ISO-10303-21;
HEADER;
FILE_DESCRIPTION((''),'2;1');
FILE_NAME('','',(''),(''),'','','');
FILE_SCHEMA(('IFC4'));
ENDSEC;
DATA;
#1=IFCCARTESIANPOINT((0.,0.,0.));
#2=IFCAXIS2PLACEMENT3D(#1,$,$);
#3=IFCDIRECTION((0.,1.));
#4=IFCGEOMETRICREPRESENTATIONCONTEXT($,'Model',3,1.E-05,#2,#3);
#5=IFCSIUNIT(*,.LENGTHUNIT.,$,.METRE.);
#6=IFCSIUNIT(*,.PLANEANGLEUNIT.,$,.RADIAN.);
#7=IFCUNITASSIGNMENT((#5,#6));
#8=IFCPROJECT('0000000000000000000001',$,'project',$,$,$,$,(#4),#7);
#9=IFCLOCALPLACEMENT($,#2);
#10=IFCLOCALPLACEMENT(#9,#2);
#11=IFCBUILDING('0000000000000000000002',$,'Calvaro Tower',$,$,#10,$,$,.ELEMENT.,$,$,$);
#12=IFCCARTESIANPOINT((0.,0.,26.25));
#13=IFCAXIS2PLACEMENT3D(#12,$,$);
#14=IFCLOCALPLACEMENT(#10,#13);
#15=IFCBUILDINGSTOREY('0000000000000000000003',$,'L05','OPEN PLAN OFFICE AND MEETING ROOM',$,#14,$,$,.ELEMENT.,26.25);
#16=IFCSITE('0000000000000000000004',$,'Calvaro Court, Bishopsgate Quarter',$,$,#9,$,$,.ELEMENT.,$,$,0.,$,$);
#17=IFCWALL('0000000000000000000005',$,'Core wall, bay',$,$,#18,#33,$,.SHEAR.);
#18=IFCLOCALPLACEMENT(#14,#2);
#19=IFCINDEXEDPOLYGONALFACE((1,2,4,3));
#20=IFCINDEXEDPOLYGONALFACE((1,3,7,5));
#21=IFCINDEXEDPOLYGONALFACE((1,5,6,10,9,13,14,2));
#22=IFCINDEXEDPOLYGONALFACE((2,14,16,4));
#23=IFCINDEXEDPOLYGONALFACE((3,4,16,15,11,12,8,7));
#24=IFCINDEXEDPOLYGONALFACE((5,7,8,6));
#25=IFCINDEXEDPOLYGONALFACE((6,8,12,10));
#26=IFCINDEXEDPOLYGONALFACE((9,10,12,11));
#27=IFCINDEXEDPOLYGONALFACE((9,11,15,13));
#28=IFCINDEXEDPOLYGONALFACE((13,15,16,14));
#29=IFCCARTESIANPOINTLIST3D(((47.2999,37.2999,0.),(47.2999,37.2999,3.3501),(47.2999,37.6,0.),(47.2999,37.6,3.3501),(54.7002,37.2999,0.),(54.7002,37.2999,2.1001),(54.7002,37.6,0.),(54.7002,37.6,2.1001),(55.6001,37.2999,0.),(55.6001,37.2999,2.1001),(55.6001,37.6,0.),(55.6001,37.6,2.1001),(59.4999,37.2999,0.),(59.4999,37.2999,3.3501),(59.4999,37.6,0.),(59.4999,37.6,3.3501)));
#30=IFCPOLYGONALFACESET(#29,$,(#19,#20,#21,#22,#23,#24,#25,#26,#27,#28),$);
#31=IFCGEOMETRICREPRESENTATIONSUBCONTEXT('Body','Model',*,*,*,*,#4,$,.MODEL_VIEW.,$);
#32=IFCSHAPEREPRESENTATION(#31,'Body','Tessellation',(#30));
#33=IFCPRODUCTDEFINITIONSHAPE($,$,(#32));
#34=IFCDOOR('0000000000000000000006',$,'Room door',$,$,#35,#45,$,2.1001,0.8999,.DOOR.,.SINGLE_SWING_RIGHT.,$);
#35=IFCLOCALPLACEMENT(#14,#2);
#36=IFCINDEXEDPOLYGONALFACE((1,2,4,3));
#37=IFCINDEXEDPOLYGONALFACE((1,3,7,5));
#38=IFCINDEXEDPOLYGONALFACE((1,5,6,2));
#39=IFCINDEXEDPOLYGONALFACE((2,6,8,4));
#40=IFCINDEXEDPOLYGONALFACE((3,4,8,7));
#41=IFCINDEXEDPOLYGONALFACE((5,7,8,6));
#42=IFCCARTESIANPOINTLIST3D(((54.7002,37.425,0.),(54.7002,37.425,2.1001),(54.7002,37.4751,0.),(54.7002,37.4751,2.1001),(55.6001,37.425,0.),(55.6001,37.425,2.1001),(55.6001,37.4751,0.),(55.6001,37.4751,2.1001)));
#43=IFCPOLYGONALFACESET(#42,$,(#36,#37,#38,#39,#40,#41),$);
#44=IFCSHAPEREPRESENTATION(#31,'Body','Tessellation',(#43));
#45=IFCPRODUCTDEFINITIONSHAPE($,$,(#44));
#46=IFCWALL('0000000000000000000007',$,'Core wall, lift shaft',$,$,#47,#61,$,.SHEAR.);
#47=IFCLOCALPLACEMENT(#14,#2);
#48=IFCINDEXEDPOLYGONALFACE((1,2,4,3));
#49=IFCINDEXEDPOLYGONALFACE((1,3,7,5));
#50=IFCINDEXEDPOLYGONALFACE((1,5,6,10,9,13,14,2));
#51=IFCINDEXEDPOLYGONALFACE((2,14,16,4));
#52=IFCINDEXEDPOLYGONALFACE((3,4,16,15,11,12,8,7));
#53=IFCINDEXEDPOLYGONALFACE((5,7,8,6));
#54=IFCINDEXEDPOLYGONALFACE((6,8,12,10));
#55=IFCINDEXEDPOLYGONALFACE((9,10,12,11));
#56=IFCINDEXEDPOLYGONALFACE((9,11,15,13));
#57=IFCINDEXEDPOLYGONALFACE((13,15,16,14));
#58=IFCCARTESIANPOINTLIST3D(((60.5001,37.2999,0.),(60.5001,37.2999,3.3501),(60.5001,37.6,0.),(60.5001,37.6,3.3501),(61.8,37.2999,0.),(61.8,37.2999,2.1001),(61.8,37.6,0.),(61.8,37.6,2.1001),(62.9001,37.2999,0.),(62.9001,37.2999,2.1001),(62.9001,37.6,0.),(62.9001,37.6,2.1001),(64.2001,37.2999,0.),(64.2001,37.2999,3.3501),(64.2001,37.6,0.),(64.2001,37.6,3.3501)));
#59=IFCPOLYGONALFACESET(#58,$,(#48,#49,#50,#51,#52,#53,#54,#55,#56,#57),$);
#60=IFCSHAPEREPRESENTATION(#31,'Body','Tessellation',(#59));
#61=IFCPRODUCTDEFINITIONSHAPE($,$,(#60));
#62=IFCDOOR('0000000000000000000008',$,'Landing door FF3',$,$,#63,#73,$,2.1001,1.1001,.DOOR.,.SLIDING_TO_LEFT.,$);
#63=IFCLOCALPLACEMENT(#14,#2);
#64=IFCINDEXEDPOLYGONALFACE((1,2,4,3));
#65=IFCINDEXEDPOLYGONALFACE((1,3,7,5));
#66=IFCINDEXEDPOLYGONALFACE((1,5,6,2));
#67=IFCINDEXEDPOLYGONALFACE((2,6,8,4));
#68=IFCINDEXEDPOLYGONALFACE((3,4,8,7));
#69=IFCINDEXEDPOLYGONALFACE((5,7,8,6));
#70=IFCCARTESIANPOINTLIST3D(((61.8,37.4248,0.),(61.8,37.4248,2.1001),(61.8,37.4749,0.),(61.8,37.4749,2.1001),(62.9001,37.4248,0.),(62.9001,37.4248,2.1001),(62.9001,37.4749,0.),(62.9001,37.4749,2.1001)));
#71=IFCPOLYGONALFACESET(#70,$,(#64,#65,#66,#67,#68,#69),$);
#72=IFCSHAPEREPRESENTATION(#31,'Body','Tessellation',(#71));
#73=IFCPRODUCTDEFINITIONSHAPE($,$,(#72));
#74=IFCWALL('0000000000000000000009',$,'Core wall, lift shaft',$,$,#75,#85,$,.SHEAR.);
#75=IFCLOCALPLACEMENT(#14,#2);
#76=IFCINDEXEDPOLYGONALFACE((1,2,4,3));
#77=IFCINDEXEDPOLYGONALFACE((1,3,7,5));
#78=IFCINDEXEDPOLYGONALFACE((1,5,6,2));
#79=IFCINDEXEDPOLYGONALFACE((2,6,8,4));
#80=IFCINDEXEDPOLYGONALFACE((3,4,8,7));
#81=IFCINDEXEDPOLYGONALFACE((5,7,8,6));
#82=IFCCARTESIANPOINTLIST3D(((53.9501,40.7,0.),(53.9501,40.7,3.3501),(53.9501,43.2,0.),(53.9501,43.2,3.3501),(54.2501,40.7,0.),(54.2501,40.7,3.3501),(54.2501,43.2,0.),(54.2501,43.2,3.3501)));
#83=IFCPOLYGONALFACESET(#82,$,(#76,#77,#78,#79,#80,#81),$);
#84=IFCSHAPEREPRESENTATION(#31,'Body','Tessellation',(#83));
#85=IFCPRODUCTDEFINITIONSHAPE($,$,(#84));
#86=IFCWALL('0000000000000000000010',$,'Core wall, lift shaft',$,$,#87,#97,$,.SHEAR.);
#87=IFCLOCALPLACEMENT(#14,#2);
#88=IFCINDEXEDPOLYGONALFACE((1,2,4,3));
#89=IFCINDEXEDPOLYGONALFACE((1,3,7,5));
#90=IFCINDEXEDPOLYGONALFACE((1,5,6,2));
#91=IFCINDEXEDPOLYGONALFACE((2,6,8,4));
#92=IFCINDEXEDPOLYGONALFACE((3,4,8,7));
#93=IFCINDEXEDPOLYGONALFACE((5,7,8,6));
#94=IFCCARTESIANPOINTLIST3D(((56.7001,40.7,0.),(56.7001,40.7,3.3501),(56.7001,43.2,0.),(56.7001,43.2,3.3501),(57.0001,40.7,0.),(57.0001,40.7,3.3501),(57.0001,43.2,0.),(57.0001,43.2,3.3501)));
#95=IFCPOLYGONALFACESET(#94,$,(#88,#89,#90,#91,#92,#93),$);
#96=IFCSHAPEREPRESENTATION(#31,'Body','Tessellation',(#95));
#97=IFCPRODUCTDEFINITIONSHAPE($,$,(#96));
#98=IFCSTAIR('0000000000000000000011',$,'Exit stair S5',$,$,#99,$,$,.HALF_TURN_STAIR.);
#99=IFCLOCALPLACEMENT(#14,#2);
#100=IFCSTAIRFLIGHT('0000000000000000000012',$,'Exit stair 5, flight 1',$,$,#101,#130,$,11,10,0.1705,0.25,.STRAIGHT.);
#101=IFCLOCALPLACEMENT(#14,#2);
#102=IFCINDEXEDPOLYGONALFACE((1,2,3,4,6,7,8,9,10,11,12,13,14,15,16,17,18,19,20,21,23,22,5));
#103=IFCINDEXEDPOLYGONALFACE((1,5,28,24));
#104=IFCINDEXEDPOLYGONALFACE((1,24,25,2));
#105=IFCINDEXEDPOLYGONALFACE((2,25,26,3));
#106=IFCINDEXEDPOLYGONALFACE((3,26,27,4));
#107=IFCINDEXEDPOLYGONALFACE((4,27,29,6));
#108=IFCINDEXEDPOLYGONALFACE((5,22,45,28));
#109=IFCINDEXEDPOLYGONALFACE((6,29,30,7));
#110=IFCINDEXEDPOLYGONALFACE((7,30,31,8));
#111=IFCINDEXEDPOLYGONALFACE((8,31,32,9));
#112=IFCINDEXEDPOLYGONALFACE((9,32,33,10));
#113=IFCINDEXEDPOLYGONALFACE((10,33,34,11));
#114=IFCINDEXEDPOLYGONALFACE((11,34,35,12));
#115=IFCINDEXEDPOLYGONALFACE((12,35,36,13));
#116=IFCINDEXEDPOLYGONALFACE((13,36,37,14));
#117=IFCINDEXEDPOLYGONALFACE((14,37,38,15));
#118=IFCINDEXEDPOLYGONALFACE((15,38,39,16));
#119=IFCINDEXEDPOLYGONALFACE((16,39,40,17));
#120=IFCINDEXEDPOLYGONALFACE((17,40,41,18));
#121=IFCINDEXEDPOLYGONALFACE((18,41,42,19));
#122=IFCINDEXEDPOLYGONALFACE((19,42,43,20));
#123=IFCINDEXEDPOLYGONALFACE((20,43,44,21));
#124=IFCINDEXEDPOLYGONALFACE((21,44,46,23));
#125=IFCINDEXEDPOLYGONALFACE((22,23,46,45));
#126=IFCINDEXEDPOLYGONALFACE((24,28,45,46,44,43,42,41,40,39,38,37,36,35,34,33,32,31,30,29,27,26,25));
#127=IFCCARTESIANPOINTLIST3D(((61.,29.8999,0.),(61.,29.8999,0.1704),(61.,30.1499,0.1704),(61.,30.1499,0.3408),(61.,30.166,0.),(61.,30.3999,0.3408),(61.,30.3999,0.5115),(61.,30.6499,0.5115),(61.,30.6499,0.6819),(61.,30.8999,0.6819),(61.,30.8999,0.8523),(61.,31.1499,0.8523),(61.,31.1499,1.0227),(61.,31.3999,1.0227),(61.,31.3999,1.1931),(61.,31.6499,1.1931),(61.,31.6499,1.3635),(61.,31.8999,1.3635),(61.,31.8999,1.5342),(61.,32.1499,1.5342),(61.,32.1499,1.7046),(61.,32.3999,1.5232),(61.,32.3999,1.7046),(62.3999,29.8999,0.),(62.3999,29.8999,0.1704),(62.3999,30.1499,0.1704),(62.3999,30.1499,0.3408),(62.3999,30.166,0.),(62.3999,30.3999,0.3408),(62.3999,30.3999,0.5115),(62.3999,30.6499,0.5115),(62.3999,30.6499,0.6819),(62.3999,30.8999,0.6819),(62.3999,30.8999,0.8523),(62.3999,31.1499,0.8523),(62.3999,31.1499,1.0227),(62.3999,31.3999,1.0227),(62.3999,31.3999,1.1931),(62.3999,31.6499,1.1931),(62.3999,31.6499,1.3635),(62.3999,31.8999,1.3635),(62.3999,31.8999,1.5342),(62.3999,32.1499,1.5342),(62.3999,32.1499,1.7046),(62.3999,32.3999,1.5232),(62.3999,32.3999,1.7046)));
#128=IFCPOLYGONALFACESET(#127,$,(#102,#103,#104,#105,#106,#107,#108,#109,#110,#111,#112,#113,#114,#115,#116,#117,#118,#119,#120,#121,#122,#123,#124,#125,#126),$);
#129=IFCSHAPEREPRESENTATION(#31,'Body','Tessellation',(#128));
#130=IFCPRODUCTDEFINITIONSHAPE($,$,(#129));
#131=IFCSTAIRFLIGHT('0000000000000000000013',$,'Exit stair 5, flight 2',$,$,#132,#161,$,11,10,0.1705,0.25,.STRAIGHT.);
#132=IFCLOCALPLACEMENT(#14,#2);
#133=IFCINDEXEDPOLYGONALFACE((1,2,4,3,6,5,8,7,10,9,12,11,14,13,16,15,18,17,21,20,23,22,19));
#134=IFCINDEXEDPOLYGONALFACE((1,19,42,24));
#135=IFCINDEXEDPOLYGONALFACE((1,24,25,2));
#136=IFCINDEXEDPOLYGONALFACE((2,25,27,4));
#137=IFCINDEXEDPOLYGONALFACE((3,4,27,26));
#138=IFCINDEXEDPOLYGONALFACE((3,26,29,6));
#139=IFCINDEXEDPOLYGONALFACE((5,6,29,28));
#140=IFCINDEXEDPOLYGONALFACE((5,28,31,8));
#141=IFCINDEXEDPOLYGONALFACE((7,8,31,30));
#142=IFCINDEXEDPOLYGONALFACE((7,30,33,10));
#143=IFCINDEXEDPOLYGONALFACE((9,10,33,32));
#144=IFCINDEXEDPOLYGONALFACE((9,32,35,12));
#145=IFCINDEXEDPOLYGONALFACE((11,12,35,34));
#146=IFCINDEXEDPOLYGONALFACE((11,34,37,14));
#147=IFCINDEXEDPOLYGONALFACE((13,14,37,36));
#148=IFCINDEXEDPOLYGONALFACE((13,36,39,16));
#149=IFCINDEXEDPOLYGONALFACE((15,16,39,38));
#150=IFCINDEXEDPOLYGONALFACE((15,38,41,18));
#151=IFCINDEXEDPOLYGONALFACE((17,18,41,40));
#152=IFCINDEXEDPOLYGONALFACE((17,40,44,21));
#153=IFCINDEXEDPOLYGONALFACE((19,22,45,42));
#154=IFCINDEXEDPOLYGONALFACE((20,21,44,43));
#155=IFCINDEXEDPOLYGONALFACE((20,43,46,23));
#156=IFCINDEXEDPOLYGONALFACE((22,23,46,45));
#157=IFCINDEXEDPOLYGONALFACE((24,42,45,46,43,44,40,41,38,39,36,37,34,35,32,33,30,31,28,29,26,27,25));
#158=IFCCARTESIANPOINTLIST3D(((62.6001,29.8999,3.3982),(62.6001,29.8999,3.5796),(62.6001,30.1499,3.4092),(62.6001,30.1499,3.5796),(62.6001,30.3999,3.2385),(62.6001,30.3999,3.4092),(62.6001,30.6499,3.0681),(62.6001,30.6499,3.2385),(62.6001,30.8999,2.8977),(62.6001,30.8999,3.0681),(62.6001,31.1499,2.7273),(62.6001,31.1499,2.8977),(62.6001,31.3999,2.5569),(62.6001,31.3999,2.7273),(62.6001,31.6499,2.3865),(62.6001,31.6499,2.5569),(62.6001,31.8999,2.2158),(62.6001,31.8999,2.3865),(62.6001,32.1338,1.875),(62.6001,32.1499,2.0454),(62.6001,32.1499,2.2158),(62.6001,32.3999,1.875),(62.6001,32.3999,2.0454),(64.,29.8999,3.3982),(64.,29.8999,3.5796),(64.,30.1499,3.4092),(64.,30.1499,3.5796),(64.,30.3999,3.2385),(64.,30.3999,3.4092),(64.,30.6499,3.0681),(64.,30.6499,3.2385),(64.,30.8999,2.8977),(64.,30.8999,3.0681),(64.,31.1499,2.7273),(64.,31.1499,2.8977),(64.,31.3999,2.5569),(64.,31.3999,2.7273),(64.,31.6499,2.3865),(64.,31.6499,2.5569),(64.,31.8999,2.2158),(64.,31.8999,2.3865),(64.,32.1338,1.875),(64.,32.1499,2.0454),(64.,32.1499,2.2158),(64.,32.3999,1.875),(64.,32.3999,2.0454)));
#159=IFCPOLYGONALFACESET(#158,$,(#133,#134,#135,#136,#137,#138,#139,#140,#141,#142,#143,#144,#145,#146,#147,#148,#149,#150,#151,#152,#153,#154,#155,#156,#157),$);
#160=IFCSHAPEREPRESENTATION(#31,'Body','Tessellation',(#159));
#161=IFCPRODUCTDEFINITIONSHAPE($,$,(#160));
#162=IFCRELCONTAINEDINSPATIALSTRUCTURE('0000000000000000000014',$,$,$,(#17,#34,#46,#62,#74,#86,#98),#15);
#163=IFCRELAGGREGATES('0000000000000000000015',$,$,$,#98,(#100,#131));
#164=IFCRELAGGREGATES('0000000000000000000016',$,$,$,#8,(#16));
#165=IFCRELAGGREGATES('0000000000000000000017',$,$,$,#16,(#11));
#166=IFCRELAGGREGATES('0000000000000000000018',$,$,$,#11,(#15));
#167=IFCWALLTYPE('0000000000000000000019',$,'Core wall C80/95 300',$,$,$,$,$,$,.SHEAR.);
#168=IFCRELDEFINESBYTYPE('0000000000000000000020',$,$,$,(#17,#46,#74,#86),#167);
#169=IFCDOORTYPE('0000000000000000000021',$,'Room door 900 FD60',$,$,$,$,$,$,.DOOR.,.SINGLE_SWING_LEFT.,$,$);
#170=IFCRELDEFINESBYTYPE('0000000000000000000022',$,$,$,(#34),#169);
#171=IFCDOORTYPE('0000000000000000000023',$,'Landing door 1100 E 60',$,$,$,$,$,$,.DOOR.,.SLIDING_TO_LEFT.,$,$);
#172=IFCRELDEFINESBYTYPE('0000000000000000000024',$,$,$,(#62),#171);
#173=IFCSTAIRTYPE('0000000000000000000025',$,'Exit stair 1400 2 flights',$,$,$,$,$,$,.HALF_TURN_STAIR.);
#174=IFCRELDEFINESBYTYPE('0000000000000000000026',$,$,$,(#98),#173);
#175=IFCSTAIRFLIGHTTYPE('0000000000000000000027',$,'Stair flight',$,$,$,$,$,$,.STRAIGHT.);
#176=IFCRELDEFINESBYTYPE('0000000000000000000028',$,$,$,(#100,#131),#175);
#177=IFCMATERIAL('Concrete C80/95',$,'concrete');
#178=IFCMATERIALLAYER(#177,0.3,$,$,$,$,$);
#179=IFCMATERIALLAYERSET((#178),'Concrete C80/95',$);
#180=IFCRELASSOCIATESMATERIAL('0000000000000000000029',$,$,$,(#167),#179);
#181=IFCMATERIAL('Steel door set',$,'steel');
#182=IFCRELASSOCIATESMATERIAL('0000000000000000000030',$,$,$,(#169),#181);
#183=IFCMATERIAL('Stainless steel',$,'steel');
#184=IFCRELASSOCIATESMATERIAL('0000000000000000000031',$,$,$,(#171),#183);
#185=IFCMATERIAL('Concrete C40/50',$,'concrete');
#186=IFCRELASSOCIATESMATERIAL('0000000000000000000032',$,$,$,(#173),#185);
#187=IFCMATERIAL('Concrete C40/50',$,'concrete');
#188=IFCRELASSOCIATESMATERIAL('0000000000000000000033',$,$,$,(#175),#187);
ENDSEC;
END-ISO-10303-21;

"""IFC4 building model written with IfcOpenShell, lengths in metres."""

from ifc_helpers import new_model, si_unit, direction, frame, frame_2d, origin, place, context, subcontext, project, spatial, polyline, rectangle, outline, extrude, material, layer, layer_set, type_object, element, fill, aggregate, save


model = new_model("IFC4")

# Units and contexts
model_context = context("Model", 3, precision=1e-05, world=origin(), true_north=direction((0.0, 1.0)))
body_context = subcontext(model_context, "Body", "Model", "MODEL_VIEW")
ifc_project = project(units=[si_unit("LENGTHUNIT", "METRE"), si_unit("PLANEANGLEUNIT", "RADIAN")], contexts=[model_context])

# Site, building, storey
site_placement = place(None, origin())
site = spatial("IfcSite", under=ifc_project, at=site_placement, Name="Calvaro Court, Bishopsgate Quarter", CompositionType="ELEMENT", RefElevation=0.0)
building_placement = place(site_placement, origin())
building = spatial("IfcBuilding", under=site, at=building_placement, Name="Calvaro Tower", CompositionType="ELEMENT")
storey_placement = place(building_placement, frame((0.0, 0.0, 26.25)))
storey = spatial("IfcBuildingStorey", under=building, at=storey_placement, Name="L05", Description="OPEN PLAN OFFICE AND MEETING ROOM", CompositionType="ELEMENT", Elevation=26.25)

# Shared definitions
ifc_material_1 = material(Name="Concrete C80/95", Category="concrete")
ifc_layer_1 = layer(ifc_material_1, 0.3)
ifc_layer_set_1 = layer_set([ifc_layer_1], Name="Concrete C80/95")
wall_type_1 = type_object("IfcWallType", Name="Core wall C80/95 300", PredefinedType="SHEAR", material=ifc_layer_set_1)

# Walls, openings, doors
wall_1_placement = place(storey_placement, frame((59.5, 37.45, 0.0), z_axis=(0.0, 0.0, 1.0), x_axis=(-1.0, 0.0, 0.0)))
wall_1 = element("IfcWall", 1, at=wall_1_placement, inside=storey, type_object=wall_type_1, Name="Core wall, bay", PredefinedType="SHEAR", context=body_context, shape_type="SweptSolid", body=[
    extrude(rectangle(XDim=12.2, YDim=0.3, at=frame_2d((6.1001, 0.0))), origin(), (0.0, 0.0, 1.0), 3.3501),
])
opening_1_placement = place(wall_1_placement, frame((3.8999, 0.0, 0.0)))
opening_1 = element("IfcOpeningElement", 2, at=opening_1_placement, cuts=wall_1, PredefinedType="OPENING", context=body_context, shape_type="SweptSolid", body=[
    extrude(rectangle(XDim=0.8999, YDim=2.1001, at=frame_2d((0.45, 1.05))), frame((0.0, 0.1599, 0.0), z_axis=(0.0, -1.0, 0.0), x_axis=(1.0, 0.0, 0.0)), (0.0, 0.0, 1.0), 0.3201),
])
ifc_material_2 = material(Name="Steel door set", Category="steel")
door_type_1 = type_object("IfcDoorType", Name="Room door 900 FD60", OperationType="SINGLE_SWING_LEFT", PredefinedType="DOOR", material=ifc_material_2)
door_1_placement = place(opening_1_placement, origin())
door_1 = element("IfcDoor", 3, at=door_1_placement, inside=storey, type_object=door_type_1, Name="Room door", OperationType="SINGLE_SWING_RIGHT", OverallHeight=2.1001, OverallWidth=0.8999, PredefinedType="DOOR", context=body_context, shape_type="SweptSolid", body=[
    extrude(rectangle(XDim=0.8999, YDim=2.1001, at=frame_2d((0.45, 1.05))), frame((0.0, 0.0249, 0.0), z_axis=(0.0, -1.0, 0.0), x_axis=(1.0, 0.0, 0.0)), (0.0, 0.0, 1.0), 0.05),
])
fill(opening_1, door_1)
wall_2_placement = place(storey_placement, frame((60.5, 37.45, 0.0), z_axis=(0.0, 0.0, 1.0), x_axis=(1.0, 0.0, 0.0)))
wall_2 = element("IfcWall", 4, at=wall_2_placement, inside=storey, type_object=wall_type_1, Name="Core wall, lift shaft", PredefinedType="SHEAR", context=body_context, shape_type="SweptSolid", body=[
    extrude(rectangle(XDim=3.7, YDim=0.3, at=frame_2d((1.8501, 0.0))), origin(), (0.0, 0.0, 1.0), 3.3501),
])
opening_2_placement = place(wall_2_placement, frame((1.3, 0.0, 0.0)))
opening_2 = element("IfcOpeningElement", 5, at=opening_2_placement, cuts=wall_2, PredefinedType="OPENING", context=body_context, shape_type="SweptSolid", body=[
    extrude(rectangle(XDim=1.1001, YDim=2.1001, at=frame_2d((0.55, 1.05))), frame((0.0, 0.1599, 0.0), z_axis=(0.0, -1.0, 0.0), x_axis=(1.0, 0.0, 0.0)), (0.0, 0.0, 1.0), 0.3201),
])
ifc_material_3 = material(Name="Stainless steel", Category="steel")
door_type_2 = type_object("IfcDoorType", Name="Landing door 1100 E 60", OperationType="SLIDING_TO_LEFT", PredefinedType="DOOR", material=ifc_material_3)
door_2_placement = place(opening_2_placement, origin())
door_2 = element("IfcDoor", 6, at=door_2_placement, inside=storey, type_object=door_type_2, Name="Landing door FF3", OperationType="SLIDING_TO_LEFT", OverallHeight=2.1001, OverallWidth=1.1001, PredefinedType="DOOR", context=body_context, shape_type="SweptSolid", body=[
    extrude(rectangle(XDim=1.1001, YDim=2.1001, at=frame_2d((0.55, 1.05))), frame((0.0, 0.0249, 0.0), z_axis=(0.0, -1.0, 0.0), x_axis=(1.0, 0.0, 0.0)), (0.0, 0.0, 1.0), 0.05),
])
fill(opening_2, door_2)

# Walls
for number, where, z_axis, x_axis, name in (
    (7, (54.1001, 40.7, 0.0), (0.0, 0.0, 1.0), (0.0, 1.0, 0.0), "Core wall, lift shaft"),
    (8, (56.8501, 40.7, 0.0), (0.0, 0.0, 1.0), (0.0, 1.0, 0.0), "Core wall, lift shaft"),
):
    element("IfcWall", number, at=place(storey_placement, frame(where, z_axis=z_axis, x_axis=x_axis)), inside=storey, type_object=wall_type_1, Name=name, PredefinedType="SHEAR", context=body_context, shape_type="SweptSolid", body=[
        extrude(rectangle(XDim=2.5, YDim=0.3, at=frame_2d((1.25, 0.0))), origin(), (0.0, 0.0, 1.0), 3.3501),
    ])

# Stair, stair flights
ifc_material_4 = material(Name="Concrete C40/50", Category="concrete")
stair_type = type_object("IfcStairType", Name="Exit stair 1400 2 flights", PredefinedType="HALF_TURN_STAIR", material=ifc_material_4)
stair_1_placement = place(storey_placement, origin())
stair_1 = element("IfcStair", 9, at=stair_1_placement, inside=storey, type_object=stair_type, Name="Exit stair S5", PredefinedType="HALF_TURN_STAIR")
ifc_material_5 = material(Name="Concrete C40/50", Category="concrete")
stair_flight_type = type_object("IfcStairFlightType", Name="Stair flight", PredefinedType="STRAIGHT", material=ifc_material_5)
stair_flight_1_placement = place(storey_placement, frame((61.7, 29.8999, 0.0), z_axis=(0.0, 0.0, 1.0), x_axis=(0.0, 1.0, 0.0)))
stair_flight_1 = element("IfcStairFlight", 10, at=stair_flight_1_placement, type_object=stair_flight_type, Name="Exit stair 5, flight 1", NumberOfRisers=11, NumberOfTreads=10, PredefinedType="STRAIGHT", RiserHeight=0.1705, TreadLength=0.25, context=body_context, shape_type="SweptSolid", body=[
    extrude(outline(polyline([(0.0, 0.0), (0.0, 0.1704), (0.25, 0.1704), (0.25, 0.3408), (0.5, 0.3408), (0.5, 0.5115), (0.75, 0.5115), (0.75, 0.6819), (1.0, 0.6819), (1.0, 0.8523), (1.25, 0.8523), (1.25, 1.0227), (1.5, 1.0227), (1.5, 1.1931), (1.75, 1.1931), (1.75, 1.3635), (2.0, 1.3635), (2.0, 1.5342), (2.25, 1.5342), (2.25, 1.7046), (2.5, 1.7046), (2.5, 1.875), (2.5, 1.5232), (0.2661, 0.0), (0.0, 0.0)])), frame((0.0, 0.7, 0.0), z_axis=(0.0, -1.0, 0.0), x_axis=(1.0, 0.0, 0.0)), (0.0, 0.0, 1.0), 1.3999),
])
stair_flight_2_placement = place(storey_placement, frame((63.3, 32.3999, 1.875), z_axis=(0.0, 0.0, 1.0), x_axis=(0.0, -1.0, 0.0)))
stair_flight_2 = element("IfcStairFlight", 11, at=stair_flight_2_placement, type_object=stair_flight_type, Name="Exit stair 5, flight 2", NumberOfRisers=11, NumberOfTreads=10, PredefinedType="STRAIGHT", RiserHeight=0.1705, TreadLength=0.25, context=body_context, shape_type="SweptSolid", body=[
    extrude(outline(polyline([(0.0, 0.0), (0.0, 0.1704), (0.25, 0.1704), (0.25, 0.3408), (0.5, 0.3408), (0.5, 0.5115), (0.75, 0.5115), (0.75, 0.6819), (1.0, 0.6819), (1.0, 0.8523), (1.25, 0.8523), (1.25, 1.0227), (1.5, 1.0227), (1.5, 1.1931), (1.75, 1.1931), (1.75, 1.3635), (2.0, 1.3635), (2.0, 1.5342), (2.25, 1.5342), (2.25, 1.7046), (2.5, 1.7046), (2.5, 1.875), (2.5, 1.5232), (0.2661, 0.0), (0.0, 0.0)])), frame((0.0, 0.7, 0.0), z_axis=(0.0, -1.0, 0.0), x_axis=(1.0, 0.0, 0.0)), (0.0, 0.0, 1.0), 1.3999),
])

aggregate(stair_1, [stair_flight_1, stair_flight_2])

save(model, "model.ifc")
